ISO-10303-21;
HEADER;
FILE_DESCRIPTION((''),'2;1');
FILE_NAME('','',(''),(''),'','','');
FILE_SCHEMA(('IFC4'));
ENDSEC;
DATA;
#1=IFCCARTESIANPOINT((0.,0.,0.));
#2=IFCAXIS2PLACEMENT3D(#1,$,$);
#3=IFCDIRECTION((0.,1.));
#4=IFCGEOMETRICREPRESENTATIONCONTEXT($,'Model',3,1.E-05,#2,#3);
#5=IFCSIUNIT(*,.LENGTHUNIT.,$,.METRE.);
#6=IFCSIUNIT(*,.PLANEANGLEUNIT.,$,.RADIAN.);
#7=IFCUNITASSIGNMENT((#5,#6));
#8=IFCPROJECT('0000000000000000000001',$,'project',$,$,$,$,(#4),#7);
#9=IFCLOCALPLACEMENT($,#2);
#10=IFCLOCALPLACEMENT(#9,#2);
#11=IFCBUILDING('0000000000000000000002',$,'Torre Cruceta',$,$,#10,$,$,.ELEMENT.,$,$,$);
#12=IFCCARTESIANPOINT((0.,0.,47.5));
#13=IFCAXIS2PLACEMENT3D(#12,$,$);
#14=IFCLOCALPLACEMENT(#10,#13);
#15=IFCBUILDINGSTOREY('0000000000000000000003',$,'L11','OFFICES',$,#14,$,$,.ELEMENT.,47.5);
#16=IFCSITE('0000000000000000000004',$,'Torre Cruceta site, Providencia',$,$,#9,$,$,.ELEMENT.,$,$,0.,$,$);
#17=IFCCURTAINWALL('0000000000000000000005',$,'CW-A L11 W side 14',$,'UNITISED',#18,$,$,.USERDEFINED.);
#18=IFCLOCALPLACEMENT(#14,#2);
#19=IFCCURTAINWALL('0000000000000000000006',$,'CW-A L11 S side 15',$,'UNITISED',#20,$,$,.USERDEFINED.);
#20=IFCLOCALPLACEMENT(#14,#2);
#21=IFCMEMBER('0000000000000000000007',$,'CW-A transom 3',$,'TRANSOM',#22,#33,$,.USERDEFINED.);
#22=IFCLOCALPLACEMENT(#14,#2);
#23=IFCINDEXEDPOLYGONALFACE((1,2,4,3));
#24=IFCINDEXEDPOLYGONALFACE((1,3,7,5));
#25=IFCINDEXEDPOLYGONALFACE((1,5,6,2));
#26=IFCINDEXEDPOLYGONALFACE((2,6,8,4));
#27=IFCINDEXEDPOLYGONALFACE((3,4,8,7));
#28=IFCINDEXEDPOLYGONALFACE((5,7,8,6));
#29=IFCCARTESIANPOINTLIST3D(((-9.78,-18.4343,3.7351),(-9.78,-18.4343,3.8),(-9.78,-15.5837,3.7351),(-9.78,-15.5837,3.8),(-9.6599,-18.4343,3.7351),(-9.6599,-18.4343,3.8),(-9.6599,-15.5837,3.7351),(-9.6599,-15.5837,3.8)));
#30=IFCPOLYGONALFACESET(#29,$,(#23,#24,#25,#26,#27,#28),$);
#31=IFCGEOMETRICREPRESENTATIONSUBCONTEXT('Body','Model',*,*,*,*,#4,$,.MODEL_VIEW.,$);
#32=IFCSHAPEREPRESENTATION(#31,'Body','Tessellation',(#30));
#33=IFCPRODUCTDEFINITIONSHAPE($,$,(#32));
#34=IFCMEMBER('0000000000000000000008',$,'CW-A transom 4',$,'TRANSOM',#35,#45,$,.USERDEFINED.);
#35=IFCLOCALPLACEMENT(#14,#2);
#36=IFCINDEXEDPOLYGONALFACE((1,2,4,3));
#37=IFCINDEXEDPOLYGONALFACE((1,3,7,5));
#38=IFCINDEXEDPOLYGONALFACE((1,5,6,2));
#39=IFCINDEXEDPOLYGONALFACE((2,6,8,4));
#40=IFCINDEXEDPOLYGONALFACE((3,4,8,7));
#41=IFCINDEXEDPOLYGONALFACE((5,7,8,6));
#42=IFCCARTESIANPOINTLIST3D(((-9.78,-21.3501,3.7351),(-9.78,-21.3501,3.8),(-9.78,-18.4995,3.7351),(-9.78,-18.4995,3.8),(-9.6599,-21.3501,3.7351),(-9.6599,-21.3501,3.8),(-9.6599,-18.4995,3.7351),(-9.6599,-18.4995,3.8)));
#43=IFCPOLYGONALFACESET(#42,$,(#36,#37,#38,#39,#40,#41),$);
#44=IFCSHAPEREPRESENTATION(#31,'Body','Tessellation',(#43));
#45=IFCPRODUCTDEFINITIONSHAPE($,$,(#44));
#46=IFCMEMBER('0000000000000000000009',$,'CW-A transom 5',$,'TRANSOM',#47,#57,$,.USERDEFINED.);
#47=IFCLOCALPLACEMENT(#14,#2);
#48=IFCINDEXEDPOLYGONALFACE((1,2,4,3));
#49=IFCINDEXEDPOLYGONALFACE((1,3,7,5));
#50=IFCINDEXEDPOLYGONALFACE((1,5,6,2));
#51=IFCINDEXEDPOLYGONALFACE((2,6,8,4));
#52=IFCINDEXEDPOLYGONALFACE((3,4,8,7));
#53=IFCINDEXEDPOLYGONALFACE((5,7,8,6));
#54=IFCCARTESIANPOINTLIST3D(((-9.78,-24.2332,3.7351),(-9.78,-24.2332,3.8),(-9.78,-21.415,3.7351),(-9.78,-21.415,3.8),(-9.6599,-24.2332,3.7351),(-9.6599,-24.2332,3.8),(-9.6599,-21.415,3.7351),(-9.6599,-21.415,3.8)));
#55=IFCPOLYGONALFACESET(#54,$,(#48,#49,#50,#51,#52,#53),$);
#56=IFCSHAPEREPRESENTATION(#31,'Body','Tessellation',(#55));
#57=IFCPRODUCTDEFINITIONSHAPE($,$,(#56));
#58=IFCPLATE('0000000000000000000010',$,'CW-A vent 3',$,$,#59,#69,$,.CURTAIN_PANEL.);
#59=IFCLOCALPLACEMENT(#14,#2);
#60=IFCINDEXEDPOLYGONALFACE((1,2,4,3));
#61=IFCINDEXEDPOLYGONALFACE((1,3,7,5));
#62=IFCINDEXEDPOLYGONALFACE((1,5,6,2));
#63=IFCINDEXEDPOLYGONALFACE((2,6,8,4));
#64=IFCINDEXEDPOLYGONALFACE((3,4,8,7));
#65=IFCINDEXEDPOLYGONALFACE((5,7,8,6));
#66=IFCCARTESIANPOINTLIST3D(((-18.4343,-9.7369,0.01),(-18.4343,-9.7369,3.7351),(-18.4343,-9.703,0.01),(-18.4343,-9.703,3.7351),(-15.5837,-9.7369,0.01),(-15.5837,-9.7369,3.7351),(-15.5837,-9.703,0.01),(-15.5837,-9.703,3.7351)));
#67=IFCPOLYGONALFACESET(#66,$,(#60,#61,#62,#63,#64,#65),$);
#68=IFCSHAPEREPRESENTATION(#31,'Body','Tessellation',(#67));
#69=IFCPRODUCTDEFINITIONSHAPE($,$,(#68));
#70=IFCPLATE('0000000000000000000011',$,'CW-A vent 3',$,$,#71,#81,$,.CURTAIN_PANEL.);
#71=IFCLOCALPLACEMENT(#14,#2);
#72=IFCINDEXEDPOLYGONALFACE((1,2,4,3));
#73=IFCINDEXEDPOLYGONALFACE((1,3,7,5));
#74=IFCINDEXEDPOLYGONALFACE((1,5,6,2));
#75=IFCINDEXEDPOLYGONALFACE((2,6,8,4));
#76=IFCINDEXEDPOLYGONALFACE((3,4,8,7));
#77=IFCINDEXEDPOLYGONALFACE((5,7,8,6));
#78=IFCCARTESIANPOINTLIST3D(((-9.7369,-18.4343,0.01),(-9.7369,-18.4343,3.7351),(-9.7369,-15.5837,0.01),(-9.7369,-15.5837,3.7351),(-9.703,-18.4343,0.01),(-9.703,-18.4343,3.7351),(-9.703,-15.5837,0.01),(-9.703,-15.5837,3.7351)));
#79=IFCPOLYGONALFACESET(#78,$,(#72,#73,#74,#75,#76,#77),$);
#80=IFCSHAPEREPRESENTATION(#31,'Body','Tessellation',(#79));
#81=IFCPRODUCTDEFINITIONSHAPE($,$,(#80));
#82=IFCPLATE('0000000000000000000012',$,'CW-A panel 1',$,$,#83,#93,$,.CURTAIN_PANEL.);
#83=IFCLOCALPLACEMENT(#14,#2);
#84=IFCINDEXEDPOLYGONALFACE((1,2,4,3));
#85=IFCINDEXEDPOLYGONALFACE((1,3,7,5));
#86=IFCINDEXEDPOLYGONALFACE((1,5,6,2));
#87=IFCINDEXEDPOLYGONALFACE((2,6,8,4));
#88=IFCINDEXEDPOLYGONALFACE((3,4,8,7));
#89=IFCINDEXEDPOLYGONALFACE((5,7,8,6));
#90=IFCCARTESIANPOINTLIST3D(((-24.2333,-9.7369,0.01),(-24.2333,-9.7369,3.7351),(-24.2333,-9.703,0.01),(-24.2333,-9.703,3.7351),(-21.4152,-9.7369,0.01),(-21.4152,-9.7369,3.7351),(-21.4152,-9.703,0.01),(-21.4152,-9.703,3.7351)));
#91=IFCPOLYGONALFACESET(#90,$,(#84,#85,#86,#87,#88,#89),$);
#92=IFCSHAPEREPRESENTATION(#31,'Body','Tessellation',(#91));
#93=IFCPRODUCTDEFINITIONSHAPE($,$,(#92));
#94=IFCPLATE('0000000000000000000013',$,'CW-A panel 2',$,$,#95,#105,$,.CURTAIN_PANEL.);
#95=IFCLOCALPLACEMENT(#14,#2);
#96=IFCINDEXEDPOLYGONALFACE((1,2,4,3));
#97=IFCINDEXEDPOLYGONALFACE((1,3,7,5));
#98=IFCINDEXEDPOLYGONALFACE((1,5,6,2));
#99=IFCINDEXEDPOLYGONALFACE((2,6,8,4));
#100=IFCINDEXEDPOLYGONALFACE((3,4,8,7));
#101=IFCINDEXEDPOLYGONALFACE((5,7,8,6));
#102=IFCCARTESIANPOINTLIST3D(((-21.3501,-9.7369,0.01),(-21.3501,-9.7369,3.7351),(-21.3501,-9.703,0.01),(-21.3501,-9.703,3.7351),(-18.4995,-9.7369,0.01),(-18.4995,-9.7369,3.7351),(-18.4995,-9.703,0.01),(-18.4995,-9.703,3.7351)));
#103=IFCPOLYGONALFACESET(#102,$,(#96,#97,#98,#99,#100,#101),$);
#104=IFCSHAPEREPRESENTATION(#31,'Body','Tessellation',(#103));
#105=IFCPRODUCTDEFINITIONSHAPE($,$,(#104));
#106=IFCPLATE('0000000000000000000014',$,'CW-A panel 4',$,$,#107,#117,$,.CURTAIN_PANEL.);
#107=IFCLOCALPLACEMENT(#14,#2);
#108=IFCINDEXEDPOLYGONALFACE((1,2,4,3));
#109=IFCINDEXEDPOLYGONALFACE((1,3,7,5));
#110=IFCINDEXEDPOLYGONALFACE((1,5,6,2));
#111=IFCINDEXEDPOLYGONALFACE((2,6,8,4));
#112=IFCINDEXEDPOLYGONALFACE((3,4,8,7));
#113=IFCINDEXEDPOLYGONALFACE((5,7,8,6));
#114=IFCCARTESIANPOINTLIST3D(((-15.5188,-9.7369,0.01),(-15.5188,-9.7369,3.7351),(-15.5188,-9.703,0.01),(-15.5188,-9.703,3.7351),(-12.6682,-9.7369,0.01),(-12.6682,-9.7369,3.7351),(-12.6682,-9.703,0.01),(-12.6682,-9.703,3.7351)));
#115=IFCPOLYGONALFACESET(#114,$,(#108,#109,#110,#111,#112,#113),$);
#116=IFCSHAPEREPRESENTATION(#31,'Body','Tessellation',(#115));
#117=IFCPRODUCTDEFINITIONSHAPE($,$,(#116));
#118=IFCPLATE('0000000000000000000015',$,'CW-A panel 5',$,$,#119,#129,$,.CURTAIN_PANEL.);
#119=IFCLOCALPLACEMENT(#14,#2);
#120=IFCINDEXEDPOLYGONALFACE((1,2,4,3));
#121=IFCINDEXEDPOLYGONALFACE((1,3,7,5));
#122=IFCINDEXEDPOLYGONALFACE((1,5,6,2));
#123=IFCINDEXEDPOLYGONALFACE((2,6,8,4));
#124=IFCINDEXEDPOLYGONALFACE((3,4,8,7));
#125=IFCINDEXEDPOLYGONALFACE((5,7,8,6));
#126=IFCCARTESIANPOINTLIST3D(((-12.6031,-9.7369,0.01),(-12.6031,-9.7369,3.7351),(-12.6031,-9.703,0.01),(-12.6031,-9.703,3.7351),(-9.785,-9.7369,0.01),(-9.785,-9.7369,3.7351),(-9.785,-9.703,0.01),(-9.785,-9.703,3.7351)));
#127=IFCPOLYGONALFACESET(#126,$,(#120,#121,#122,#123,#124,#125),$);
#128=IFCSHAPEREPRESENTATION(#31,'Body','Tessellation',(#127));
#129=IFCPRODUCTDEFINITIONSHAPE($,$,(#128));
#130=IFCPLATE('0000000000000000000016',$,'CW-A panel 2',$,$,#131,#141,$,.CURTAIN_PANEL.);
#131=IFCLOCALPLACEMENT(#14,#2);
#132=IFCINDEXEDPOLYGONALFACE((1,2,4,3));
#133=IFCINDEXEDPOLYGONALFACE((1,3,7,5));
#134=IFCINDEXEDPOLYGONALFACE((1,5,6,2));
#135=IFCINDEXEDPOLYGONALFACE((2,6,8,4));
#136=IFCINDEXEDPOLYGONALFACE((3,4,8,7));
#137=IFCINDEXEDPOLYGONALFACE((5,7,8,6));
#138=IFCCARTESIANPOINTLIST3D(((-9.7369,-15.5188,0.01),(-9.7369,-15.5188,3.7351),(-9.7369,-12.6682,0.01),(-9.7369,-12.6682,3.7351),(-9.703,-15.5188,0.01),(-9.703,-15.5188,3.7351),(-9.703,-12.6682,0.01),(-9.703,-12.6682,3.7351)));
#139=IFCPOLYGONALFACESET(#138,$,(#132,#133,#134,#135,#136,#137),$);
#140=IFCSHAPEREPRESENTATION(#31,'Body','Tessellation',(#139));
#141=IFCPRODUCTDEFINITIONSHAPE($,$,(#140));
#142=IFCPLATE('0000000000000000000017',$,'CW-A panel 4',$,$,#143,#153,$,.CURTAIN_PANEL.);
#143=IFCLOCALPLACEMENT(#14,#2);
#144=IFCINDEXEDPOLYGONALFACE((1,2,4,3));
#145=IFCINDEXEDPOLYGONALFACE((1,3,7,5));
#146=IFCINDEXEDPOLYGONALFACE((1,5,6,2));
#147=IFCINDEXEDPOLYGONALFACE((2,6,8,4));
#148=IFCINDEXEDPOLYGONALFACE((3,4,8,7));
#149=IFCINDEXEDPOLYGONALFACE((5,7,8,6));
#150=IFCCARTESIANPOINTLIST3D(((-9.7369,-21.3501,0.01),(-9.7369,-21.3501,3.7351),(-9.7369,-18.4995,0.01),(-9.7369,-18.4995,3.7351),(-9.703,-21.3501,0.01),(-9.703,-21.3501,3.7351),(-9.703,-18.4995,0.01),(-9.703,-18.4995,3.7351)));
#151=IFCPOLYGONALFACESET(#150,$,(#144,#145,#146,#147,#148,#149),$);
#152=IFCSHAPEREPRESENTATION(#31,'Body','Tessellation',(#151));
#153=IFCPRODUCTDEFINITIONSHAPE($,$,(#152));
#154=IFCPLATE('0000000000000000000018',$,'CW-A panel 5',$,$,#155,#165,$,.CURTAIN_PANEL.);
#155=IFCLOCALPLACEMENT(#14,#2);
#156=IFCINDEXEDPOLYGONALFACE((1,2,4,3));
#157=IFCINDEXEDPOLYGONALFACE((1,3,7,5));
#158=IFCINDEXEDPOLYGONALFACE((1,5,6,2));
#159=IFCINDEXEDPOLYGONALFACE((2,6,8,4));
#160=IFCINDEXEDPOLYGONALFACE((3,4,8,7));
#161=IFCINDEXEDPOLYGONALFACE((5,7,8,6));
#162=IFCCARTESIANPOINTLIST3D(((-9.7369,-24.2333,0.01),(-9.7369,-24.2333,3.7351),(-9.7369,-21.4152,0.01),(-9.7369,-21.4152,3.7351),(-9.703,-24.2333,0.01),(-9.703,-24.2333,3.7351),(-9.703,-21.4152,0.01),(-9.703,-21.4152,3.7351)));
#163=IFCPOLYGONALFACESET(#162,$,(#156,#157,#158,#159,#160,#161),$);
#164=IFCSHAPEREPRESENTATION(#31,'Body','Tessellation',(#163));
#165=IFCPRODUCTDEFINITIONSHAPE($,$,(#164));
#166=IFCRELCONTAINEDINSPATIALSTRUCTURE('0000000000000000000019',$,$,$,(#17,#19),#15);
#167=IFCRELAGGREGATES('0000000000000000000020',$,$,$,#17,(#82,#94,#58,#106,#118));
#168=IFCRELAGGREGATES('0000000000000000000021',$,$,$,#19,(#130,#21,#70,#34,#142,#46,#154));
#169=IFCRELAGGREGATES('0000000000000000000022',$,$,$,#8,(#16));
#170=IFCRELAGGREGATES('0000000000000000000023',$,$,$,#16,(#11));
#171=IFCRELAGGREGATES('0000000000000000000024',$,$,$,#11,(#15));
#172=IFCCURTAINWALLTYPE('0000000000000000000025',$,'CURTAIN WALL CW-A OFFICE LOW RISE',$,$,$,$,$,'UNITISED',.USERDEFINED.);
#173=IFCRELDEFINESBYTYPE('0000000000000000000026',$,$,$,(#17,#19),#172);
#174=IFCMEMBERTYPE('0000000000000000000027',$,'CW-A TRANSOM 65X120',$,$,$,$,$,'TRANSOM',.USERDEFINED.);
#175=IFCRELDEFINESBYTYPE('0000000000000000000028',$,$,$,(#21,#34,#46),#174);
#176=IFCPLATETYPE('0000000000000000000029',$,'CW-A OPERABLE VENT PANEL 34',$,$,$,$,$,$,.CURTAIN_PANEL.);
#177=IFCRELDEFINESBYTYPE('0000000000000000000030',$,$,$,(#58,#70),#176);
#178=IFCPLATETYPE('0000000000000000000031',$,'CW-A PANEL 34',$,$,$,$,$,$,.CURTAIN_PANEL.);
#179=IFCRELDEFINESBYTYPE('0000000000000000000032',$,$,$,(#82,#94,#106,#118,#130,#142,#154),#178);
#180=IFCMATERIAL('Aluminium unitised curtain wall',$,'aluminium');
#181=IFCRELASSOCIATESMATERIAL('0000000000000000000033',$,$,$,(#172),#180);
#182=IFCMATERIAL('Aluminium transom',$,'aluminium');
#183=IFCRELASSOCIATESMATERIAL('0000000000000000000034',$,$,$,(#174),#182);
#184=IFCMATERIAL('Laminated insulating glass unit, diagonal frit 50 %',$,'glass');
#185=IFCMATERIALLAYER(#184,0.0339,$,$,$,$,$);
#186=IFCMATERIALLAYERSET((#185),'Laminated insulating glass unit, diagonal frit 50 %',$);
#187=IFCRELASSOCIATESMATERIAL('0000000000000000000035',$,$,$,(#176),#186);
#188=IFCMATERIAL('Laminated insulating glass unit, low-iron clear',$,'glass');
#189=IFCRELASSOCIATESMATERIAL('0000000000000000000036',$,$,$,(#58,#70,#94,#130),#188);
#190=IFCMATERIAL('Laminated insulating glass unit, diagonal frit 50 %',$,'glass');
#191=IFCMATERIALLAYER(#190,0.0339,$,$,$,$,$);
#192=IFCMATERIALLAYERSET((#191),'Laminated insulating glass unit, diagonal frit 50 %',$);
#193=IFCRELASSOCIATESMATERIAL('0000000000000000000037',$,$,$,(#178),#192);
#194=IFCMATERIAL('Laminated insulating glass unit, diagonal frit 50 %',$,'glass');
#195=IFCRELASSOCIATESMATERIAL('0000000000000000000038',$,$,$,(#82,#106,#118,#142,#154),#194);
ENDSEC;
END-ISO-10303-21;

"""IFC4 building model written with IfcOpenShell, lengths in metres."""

from ifc_helpers import new_model, si_unit, direction, frame, origin, origin_2d, place, context, subcontext, project, spatial, rectangle, extrude, material, layer, layer_set, material_profile, profile_set, type_object, element, aggregate, save


model = new_model("IFC4")

# Units and contexts
model_context = context("Model", 3, precision=1e-05, world=origin(), true_north=direction((0.0, 1.0)))
body_context = subcontext(model_context, "Body", "Model", "MODEL_VIEW")
ifc_project = project(units=[si_unit("LENGTHUNIT", "METRE"), si_unit("PLANEANGLEUNIT", "RADIAN")], contexts=[model_context])

# Site, building, storey
site_placement = place(None, origin())
site = spatial("IfcSite", under=ifc_project, at=site_placement, Name="Torre Cruceta site, Providencia", CompositionType="ELEMENT", RefElevation=0.0)
building_placement = place(site_placement, origin())
building = spatial("IfcBuilding", under=site, at=building_placement, Name="Torre Cruceta", CompositionType="ELEMENT")
storey_placement = place(building_placement, frame((0.0, 0.0, 47.5)))
storey = spatial("IfcBuildingStorey", under=building, at=storey_placement, Name="L11", Description="OFFICES", CompositionType="ELEMENT", Elevation=47.5)

# Curtain walls
ifc_material_1 = material(Name="Aluminium unitised curtain wall", Category="aluminium")
curtain_wall_type = type_object("IfcCurtainWallType", Name="CURTAIN WALL CW-A OFFICE LOW RISE", ElementType="UNITISED", PredefinedType="USERDEFINED", material=ifc_material_1)
curtain_wall_1_placement = place(storey_placement, origin())
curtain_wall_1 = element("IfcCurtainWall", 1, at=curtain_wall_1_placement, inside=storey, type_object=curtain_wall_type, Name="CW-A L11 W side 14", ObjectType="UNITISED", PredefinedType="USERDEFINED")
curtain_wall_2_placement = place(storey_placement, origin())
curtain_wall_2 = element("IfcCurtainWall", 2, at=curtain_wall_2_placement, inside=storey, type_object=curtain_wall_type, Name="CW-A L11 S side 15", ObjectType="UNITISED", PredefinedType="USERDEFINED")

# Members
ifc_material_2 = material(Name="Aluminium transom", Category="aluminium")
ifc_material_profile_1 = material_profile(ifc_material_2, rectangle(XDim=0.1201, YDim=0.0649, at=origin_2d()), Name="AL 120X65")
ifc_profile_set_1 = profile_set([ifc_material_profile_1], Name="Aluminium transom")
member_type_1 = type_object("IfcMemberType", Name="CW-A TRANSOM 65X120", ElementType="TRANSOM", PredefinedType="USERDEFINED", material=ifc_profile_set_1)
member_1_placement = place(storey_placement, frame((-9.72, -15.5837, 3.7676), z_axis=(0.0, -1.0, 0.0), x_axis=(1.0, 0.0, 0.0)))
member_1 = element("IfcMember", 3, at=member_1_placement, type_object=member_type_1, Name="CW-A transom 3", ObjectType="TRANSOM", PredefinedType="USERDEFINED", context=body_context, shape_type="SweptSolid", body=[
    extrude(rectangle(XDim=0.1201, YDim=0.0649, at=origin_2d()), origin(), (0.0, 0.0, 1.0), 2.8506),
])
member_2_placement = place(storey_placement, frame((-9.72, -18.4995, 3.7676), z_axis=(0.0, -1.0, 0.0), x_axis=(1.0, 0.0, 0.0)))
member_2 = element("IfcMember", 4, at=member_2_placement, type_object=member_type_1, Name="CW-A transom 4", ObjectType="TRANSOM", PredefinedType="USERDEFINED", context=body_context, shape_type="SweptSolid", body=[
    extrude(rectangle(XDim=0.1201, YDim=0.0649, at=origin_2d()), origin(), (0.0, 0.0, 1.0), 2.8506),
])
member_3_placement = place(storey_placement, frame((-9.72, -21.415, 3.7676), z_axis=(0.0, -1.0, 0.0), x_axis=(1.0, 0.0, 0.0)))
member_3 = element("IfcMember", 5, at=member_3_placement, type_object=member_type_1, Name="CW-A transom 5", ObjectType="TRANSOM", PredefinedType="USERDEFINED", context=body_context, shape_type="SweptSolid", body=[
    extrude(rectangle(XDim=0.1201, YDim=0.0649, at=origin_2d()), origin(), (0.0, 0.0, 1.0), 2.8181),
])

# Plates
ifc_material_3 = material(Name="Laminated insulating glass unit, low-iron clear", Category="glass")
ifc_material_4 = material(Name="Laminated insulating glass unit, diagonal frit 50 %", Category="glass")
ifc_layer_1 = layer(ifc_material_4, 0.0339)
ifc_layer_set_1 = layer_set([ifc_layer_1], Name="Laminated insulating glass unit, diagonal frit 50 %")
plate_type_1 = type_object("IfcPlateType", Name="CW-A OPERABLE VENT PANEL 34", PredefinedType="CURTAIN_PANEL", material=ifc_layer_set_1)
plate_1_placement = place(storey_placement, frame((-17.009, -9.72, 0.01), z_axis=(0.0, 0.0, 1.0), x_axis=(1.0, 0.0, 0.0)))
plate_1 = element("IfcPlate", 6, at=plate_1_placement, type_object=plate_type_1, material=ifc_material_3, Name="CW-A vent 3", PredefinedType="CURTAIN_PANEL", context=body_context, shape_type="SweptSolid", body=[
    extrude(rectangle(XDim=2.8506, YDim=0.0339, at=origin_2d()), origin(), (0.0, 0.0, 1.0), 3.7251),
])
plate_2_placement = place(storey_placement, frame((-9.72, -17.009, 0.01), z_axis=(0.0, 0.0, 1.0), x_axis=(0.0, -1.0, 0.0)))
plate_2 = element("IfcPlate", 7, at=plate_2_placement, type_object=plate_type_1, material=ifc_material_3, Name="CW-A vent 3", PredefinedType="CURTAIN_PANEL", context=body_context, shape_type="SweptSolid", body=[
    extrude(rectangle(XDim=2.8506, YDim=0.0339, at=origin_2d()), origin(), (0.0, 0.0, 1.0), 3.7251),
])
ifc_material_5 = material(Name="Laminated insulating glass unit, diagonal frit 50 %", Category="glass")
ifc_material_6 = material(Name="Laminated insulating glass unit, diagonal frit 50 %", Category="glass")
ifc_layer_2 = layer(ifc_material_6, 0.0339)
ifc_layer_set_2 = layer_set([ifc_layer_2], Name="Laminated insulating glass unit, diagonal frit 50 %")
plate_type_2 = type_object("IfcPlateType", Name="CW-A PANEL 34", PredefinedType="CURTAIN_PANEL", material=ifc_layer_set_2)
plate_3_placement = place(storey_placement, frame((-22.8242, -9.72, 0.01), z_axis=(0.0, 0.0, 1.0), x_axis=(1.0, 0.0, 0.0)))
plate_3 = element("IfcPlate", 8, at=plate_3_placement, type_object=plate_type_2, material=ifc_material_5, Name="CW-A panel 1", PredefinedType="CURTAIN_PANEL", context=body_context, shape_type="SweptSolid", body=[
    extrude(rectangle(XDim=2.8181, YDim=0.0339, at=origin_2d()), origin(), (0.0, 0.0, 1.0), 3.7251),
])
plate_4_placement = place(storey_placement, frame((-19.9248, -9.72, 0.01), z_axis=(0.0, 0.0, 1.0), x_axis=(1.0, 0.0, 0.0)))
plate_4 = element("IfcPlate", 9, at=plate_4_placement, type_object=plate_type_2, material=ifc_material_3, Name="CW-A panel 2", PredefinedType="CURTAIN_PANEL", context=body_context, shape_type="SweptSolid", body=[
    extrude(rectangle(XDim=2.8506, YDim=0.0339, at=origin_2d()), origin(), (0.0, 0.0, 1.0), 3.7251),
])
plate_5_placement = place(storey_placement, frame((-14.0935, -9.72, 0.01), z_axis=(0.0, 0.0, 1.0), x_axis=(1.0, 0.0, 0.0)))
plate_5 = element("IfcPlate", 10, at=plate_5_placement, type_object=plate_type_2, material=ifc_material_5, Name="CW-A panel 4", PredefinedType="CURTAIN_PANEL", context=body_context, shape_type="SweptSolid", body=[
    extrude(rectangle(XDim=2.8506, YDim=0.0339, at=origin_2d()), origin(), (0.0, 0.0, 1.0), 3.7251),
])
plate_6_placement = place(storey_placement, frame((-11.1941, -9.72, 0.01), z_axis=(0.0, 0.0, 1.0), x_axis=(1.0, 0.0, 0.0)))
plate_6 = element("IfcPlate", 11, at=plate_6_placement, type_object=plate_type_2, material=ifc_material_5, Name="CW-A panel 5", PredefinedType="CURTAIN_PANEL", context=body_context, shape_type="SweptSolid", body=[
    extrude(rectangle(XDim=2.8181, YDim=0.0339, at=origin_2d()), origin(), (0.0, 0.0, 1.0), 3.7251),
])
aggregate(curtain_wall_1, [plate_3, plate_4, plate_1, plate_5, plate_6])
plate_7_placement = place(storey_placement, frame((-9.72, -14.0935, 0.01), z_axis=(0.0, 0.0, 1.0), x_axis=(0.0, -1.0, 0.0)))
plate_7 = element("IfcPlate", 12, at=plate_7_placement, type_object=plate_type_2, material=ifc_material_3, Name="CW-A panel 2", PredefinedType="CURTAIN_PANEL", context=body_context, shape_type="SweptSolid", body=[
    extrude(rectangle(XDim=2.8506, YDim=0.0339, at=origin_2d()), origin(), (0.0, 0.0, 1.0), 3.7251),
])
plate_8_placement = place(storey_placement, frame((-9.72, -19.9248, 0.01), z_axis=(0.0, 0.0, 1.0), x_axis=(0.0, -1.0, 0.0)))
plate_8 = element("IfcPlate", 13, at=plate_8_placement, type_object=plate_type_2, material=ifc_material_5, Name="CW-A panel 4", PredefinedType="CURTAIN_PANEL", context=body_context, shape_type="SweptSolid", body=[
    extrude(rectangle(XDim=2.8506, YDim=0.0339, at=origin_2d()), origin(), (0.0, 0.0, 1.0), 3.7251),
])
plate_9_placement = place(storey_placement, frame((-9.72, -22.8242, 0.01), z_axis=(0.0, 0.0, 1.0), x_axis=(0.0, -1.0, 0.0)))
plate_9 = element("IfcPlate", 14, at=plate_9_placement, type_object=plate_type_2, material=ifc_material_5, Name="CW-A panel 5", PredefinedType="CURTAIN_PANEL", context=body_context, shape_type="SweptSolid", body=[
    extrude(rectangle(XDim=2.8181, YDim=0.0339, at=origin_2d()), origin(), (0.0, 0.0, 1.0), 3.7251),
])
aggregate(curtain_wall_2, [plate_7, member_1, plate_2, member_2, plate_8, member_3, plate_9])

save(model, "model.ifc")
